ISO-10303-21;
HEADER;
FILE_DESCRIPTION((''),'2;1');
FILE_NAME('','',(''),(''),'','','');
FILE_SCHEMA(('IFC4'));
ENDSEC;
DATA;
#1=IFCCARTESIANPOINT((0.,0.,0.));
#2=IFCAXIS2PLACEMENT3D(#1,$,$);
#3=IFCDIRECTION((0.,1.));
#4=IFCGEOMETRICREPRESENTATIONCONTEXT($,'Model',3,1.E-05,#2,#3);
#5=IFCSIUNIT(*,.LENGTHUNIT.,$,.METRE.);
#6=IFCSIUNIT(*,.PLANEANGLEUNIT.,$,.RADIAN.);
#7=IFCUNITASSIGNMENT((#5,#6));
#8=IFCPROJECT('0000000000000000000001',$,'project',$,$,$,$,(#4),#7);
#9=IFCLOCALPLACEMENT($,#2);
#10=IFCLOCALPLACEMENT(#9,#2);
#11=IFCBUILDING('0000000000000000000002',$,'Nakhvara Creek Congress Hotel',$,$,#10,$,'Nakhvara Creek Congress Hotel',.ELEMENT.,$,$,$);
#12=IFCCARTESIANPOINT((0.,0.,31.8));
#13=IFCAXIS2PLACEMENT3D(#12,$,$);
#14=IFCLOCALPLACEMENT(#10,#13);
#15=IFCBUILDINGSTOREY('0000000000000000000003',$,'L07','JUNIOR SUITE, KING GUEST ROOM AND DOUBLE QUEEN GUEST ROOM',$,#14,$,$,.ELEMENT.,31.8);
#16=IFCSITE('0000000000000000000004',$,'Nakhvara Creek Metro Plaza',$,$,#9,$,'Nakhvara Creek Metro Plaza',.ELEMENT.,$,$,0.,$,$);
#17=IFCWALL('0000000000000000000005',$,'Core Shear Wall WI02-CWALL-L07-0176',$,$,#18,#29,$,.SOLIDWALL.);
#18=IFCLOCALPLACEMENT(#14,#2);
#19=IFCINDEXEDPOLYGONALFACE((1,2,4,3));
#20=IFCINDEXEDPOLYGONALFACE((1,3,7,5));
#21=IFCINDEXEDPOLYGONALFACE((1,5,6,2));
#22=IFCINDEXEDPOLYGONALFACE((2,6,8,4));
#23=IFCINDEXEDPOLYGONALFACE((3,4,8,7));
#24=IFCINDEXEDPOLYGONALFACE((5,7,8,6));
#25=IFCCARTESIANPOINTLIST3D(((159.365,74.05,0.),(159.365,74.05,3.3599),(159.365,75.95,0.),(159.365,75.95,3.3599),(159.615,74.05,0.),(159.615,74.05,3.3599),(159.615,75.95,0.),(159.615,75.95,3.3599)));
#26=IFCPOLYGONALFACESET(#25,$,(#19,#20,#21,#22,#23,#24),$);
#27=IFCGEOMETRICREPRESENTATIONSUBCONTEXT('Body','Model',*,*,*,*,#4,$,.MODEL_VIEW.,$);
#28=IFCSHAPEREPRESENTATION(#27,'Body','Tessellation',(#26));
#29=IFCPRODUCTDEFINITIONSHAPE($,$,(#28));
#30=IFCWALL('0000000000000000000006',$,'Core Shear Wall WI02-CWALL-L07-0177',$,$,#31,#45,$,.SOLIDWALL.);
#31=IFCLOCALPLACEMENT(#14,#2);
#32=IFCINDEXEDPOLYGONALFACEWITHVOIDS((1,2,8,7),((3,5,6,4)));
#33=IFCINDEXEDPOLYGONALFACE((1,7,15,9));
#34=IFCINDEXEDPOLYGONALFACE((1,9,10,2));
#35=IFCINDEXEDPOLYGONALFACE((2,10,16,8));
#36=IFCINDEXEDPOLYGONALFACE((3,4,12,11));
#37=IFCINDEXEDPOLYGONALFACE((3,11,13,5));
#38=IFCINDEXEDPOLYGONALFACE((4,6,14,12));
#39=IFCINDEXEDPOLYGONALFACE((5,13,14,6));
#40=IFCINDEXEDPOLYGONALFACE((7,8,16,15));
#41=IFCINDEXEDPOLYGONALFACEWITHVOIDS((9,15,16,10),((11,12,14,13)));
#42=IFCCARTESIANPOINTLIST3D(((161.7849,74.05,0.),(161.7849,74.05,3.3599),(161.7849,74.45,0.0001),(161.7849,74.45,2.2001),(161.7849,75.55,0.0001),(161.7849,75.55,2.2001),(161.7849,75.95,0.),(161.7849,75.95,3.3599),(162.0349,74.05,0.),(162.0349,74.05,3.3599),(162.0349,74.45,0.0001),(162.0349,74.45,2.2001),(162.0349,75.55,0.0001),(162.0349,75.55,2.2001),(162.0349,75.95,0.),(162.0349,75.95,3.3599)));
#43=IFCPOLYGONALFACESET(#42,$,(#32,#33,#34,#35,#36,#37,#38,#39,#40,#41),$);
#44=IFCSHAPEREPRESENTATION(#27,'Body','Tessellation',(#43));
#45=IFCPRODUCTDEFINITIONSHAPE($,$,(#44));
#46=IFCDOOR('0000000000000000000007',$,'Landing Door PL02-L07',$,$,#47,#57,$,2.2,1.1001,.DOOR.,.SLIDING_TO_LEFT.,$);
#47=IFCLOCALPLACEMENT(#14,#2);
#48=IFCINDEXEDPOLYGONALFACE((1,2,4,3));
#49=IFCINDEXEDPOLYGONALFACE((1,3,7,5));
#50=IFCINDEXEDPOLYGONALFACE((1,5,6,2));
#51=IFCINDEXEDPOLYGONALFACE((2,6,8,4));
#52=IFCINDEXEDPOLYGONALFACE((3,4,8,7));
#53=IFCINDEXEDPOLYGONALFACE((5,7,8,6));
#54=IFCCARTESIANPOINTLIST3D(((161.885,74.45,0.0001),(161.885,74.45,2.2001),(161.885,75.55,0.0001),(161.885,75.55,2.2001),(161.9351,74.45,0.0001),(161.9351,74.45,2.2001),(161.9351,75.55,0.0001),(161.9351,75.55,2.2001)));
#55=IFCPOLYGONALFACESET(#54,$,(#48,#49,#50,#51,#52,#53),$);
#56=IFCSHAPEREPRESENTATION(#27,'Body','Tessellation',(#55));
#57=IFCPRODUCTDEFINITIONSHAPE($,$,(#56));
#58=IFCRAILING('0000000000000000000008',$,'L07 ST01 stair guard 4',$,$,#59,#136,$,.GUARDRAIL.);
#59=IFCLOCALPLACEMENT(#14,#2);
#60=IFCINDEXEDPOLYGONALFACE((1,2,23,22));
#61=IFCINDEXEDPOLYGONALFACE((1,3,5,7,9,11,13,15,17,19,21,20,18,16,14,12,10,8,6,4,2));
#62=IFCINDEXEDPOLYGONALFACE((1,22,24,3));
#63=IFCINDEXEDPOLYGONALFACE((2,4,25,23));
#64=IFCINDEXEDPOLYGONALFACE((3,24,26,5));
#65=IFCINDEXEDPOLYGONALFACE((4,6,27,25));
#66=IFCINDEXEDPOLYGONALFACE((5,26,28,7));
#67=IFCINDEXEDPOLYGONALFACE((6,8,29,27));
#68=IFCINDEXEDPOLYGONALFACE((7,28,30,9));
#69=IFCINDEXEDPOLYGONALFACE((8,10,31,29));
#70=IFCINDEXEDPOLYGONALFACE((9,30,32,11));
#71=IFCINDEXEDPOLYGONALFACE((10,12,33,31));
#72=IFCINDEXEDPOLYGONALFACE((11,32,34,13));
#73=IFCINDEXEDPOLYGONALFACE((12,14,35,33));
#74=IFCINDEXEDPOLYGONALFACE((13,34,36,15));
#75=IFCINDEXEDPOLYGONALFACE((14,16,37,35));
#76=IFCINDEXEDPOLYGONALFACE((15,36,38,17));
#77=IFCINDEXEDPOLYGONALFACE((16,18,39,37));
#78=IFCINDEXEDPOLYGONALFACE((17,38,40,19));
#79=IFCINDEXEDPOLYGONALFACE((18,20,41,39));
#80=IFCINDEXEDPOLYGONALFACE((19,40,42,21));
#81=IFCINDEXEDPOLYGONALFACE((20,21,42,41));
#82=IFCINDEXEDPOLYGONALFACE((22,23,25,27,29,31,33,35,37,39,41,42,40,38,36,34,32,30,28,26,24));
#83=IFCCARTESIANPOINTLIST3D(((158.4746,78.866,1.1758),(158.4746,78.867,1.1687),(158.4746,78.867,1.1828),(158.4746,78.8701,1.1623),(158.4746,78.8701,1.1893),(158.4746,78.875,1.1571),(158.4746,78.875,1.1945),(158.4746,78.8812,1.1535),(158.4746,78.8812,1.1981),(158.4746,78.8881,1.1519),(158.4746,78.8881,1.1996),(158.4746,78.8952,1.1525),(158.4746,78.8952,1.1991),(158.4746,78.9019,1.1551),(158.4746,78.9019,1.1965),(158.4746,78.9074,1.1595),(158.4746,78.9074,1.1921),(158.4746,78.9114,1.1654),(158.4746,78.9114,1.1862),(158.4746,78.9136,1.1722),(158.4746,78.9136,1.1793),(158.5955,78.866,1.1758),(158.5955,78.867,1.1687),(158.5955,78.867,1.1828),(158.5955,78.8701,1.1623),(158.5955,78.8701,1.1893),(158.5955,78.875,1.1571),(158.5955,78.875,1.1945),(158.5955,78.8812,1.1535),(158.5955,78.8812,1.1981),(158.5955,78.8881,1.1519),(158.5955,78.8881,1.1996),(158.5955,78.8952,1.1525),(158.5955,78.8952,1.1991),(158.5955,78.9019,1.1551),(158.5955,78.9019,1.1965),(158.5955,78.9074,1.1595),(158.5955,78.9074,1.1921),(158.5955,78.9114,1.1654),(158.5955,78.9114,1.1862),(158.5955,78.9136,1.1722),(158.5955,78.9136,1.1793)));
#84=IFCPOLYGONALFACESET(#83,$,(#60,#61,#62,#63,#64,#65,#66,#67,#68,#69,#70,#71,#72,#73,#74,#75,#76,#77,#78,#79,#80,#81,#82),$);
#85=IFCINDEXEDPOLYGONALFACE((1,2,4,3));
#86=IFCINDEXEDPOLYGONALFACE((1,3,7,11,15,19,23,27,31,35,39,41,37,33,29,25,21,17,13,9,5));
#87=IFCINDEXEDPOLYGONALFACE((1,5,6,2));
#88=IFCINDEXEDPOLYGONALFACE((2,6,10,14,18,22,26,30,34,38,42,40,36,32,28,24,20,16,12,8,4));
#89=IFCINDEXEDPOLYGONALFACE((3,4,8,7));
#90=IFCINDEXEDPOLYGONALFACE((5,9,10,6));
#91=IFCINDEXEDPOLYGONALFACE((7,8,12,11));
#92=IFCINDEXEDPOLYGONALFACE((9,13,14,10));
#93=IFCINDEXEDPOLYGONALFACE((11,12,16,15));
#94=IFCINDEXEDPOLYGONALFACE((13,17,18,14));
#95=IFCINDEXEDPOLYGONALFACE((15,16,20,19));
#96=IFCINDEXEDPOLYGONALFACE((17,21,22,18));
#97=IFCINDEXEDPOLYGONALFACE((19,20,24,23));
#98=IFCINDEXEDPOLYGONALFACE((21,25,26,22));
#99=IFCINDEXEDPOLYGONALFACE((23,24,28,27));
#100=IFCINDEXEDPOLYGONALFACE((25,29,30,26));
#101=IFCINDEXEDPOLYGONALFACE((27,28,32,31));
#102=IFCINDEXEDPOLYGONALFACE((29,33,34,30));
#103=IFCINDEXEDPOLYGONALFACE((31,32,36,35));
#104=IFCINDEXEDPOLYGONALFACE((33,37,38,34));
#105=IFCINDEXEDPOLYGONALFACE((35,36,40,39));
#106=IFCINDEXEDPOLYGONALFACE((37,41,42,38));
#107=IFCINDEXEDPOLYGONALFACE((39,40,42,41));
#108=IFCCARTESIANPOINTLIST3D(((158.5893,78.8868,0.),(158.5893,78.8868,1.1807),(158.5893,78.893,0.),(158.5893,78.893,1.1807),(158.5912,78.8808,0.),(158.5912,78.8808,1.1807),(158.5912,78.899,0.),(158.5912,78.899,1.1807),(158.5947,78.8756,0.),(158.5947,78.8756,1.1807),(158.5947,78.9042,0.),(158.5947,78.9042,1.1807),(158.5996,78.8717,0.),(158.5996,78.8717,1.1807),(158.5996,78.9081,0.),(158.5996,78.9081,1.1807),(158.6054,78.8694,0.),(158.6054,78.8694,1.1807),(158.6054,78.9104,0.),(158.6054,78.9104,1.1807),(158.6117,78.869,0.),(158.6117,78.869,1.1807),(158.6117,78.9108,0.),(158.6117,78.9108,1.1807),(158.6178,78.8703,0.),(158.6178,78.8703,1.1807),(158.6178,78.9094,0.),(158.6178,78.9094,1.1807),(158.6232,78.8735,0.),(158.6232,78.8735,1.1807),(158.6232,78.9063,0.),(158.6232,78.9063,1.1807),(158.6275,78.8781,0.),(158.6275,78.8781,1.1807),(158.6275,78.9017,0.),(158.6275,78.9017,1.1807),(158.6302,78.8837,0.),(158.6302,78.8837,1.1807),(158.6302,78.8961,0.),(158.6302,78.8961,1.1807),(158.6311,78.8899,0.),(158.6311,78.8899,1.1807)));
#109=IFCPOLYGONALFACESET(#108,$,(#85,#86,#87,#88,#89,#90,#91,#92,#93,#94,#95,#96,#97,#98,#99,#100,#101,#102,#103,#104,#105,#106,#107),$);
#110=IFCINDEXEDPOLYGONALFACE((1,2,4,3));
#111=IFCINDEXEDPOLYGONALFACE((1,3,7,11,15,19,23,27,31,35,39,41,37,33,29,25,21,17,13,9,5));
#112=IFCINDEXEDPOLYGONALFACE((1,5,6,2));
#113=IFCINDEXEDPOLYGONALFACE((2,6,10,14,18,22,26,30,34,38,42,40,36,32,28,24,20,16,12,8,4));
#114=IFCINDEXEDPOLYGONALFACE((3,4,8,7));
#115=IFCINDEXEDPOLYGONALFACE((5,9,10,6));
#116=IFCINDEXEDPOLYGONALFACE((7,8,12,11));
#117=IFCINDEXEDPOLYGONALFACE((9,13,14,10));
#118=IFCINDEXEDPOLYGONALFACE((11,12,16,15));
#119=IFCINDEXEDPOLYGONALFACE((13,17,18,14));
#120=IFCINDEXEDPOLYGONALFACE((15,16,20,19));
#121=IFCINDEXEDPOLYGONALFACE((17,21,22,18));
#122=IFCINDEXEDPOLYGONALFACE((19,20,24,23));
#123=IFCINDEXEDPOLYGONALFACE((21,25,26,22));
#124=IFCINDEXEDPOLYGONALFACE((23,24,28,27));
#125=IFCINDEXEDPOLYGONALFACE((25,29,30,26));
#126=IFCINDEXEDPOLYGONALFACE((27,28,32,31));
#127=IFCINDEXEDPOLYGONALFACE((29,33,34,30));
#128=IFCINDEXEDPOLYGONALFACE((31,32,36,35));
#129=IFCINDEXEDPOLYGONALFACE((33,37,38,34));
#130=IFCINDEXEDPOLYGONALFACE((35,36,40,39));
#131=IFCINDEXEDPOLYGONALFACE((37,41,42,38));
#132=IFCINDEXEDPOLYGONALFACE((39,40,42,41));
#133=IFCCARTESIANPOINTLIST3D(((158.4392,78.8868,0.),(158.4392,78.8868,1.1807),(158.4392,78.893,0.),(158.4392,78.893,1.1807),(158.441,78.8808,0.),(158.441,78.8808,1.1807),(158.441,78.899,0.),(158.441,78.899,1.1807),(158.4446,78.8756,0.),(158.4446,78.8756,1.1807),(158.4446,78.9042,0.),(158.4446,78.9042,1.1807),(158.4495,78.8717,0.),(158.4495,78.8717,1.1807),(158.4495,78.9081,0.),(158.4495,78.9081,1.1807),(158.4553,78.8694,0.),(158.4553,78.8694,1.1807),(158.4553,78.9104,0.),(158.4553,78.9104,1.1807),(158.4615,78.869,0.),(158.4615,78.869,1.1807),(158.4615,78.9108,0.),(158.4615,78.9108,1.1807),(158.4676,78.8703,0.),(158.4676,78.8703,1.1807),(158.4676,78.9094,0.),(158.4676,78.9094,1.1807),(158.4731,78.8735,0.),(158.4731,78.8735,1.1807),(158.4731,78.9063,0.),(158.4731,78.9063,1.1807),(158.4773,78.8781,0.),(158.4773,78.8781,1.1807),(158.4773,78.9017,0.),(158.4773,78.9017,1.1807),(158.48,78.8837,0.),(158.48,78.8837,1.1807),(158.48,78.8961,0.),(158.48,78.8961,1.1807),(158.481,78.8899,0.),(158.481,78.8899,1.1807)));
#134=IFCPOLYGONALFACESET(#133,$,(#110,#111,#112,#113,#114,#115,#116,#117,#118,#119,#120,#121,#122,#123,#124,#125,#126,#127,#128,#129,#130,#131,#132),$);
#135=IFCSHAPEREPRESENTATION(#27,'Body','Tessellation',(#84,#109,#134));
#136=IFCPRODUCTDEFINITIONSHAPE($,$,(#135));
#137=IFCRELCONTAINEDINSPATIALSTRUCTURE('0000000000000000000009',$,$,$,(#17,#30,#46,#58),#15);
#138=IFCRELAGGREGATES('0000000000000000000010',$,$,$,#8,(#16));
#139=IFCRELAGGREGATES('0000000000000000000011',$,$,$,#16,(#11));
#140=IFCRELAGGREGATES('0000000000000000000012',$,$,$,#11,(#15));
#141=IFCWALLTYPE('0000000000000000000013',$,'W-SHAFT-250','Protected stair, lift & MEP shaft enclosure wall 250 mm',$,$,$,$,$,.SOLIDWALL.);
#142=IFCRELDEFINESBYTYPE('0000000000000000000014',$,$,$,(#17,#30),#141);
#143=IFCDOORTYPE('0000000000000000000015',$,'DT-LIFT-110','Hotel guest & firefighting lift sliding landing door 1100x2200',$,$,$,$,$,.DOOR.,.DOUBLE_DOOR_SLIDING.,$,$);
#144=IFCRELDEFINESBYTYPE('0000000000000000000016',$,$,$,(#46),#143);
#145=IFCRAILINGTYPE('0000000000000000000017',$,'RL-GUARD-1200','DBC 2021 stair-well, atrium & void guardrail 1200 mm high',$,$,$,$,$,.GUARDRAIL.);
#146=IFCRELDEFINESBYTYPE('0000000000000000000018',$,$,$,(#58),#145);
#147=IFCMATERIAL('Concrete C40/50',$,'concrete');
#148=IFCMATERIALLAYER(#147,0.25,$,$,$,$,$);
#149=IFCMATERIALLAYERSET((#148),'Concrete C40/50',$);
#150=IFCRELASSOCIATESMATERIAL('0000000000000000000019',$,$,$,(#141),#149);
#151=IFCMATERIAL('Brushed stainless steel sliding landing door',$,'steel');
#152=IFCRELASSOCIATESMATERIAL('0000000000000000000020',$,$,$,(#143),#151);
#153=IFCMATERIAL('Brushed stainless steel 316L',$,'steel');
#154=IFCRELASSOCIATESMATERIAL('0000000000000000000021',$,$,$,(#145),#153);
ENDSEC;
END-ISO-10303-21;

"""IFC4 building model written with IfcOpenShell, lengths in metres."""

from ifc_helpers import new_model, si_unit, direction, frame, frame_2d, origin, origin_2d, place, context, subcontext, project, spatial, rectangle, circle, extrude, material, layer, layer_set, type_object, element, fill, save


model = new_model("IFC4")

# Units and contexts
model_context = context("Model", 3, precision=1e-05, world=origin(), true_north=direction((0.0, 1.0)))
body_context = subcontext(model_context, "Body", "Model", "MODEL_VIEW")
ifc_project = project(units=[si_unit("LENGTHUNIT", "METRE"), si_unit("PLANEANGLEUNIT", "RADIAN")], contexts=[model_context])

# Site, building, storey
site_placement = place(None, origin())
site = spatial("IfcSite", under=ifc_project, at=site_placement, Name="Nakhvara Creek Metro Plaza", LongName="Nakhvara Creek Metro Plaza", CompositionType="ELEMENT", RefElevation=0.0)
building_placement = place(site_placement, origin())
building = spatial("IfcBuilding", under=site, at=building_placement, Name="Nakhvara Creek Congress Hotel", LongName="Nakhvara Creek Congress Hotel", CompositionType="ELEMENT")
storey_placement = place(building_placement, frame((0.0, 0.0, 31.8)))
storey = spatial("IfcBuildingStorey", under=building, at=storey_placement, Name="L07", Description="JUNIOR SUITE, KING GUEST ROOM AND DOUBLE QUEEN GUEST ROOM", CompositionType="ELEMENT", Elevation=31.8)

# Shared definitions
ifc_material_1 = material(Name="Concrete C40/50", Category="concrete")

# Wall
ifc_layer_1 = layer(ifc_material_1, 0.25)
ifc_layer_set_1 = layer_set([ifc_layer_1], Name="Concrete C40/50")
wall_type_1 = type_object("IfcWallType", Name="W-SHAFT-250", Description="Protected stair, lift & MEP shaft enclosure wall 250 mm", PredefinedType="SOLIDWALL", material=ifc_layer_set_1)
wall_1_placement = place(storey_placement, frame((159.49, 74.05, 0.0), z_axis=(0.0, 0.0, 1.0), x_axis=(0.0, 1.0, 0.0)))
element("IfcWall", 1, at=wall_1_placement, inside=storey, type_object=wall_type_1, Name="Core Shear Wall WI02-CWALL-L07-0176", PredefinedType="SOLIDWALL", context=body_context, shape_type="SweptSolid", body=[
    extrude(rectangle(XDim=1.8999, YDim=0.25, at=frame_2d((0.95, 0.0))), origin(), (0.0, 0.0, 1.0), 3.3599),
])

# Wall, opening, door
wall_2_placement = place(storey_placement, frame((161.9099, 74.05, 0.0), z_axis=(0.0, 0.0, 1.0), x_axis=(0.0, 1.0, 0.0)))
wall_2 = element("IfcWall", 2, at=wall_2_placement, inside=storey, type_object=wall_type_1, Name="Core Shear Wall WI02-CWALL-L07-0177", PredefinedType="SOLIDWALL", context=body_context, shape_type="SweptSolid", body=[
    extrude(rectangle(XDim=1.8999, YDim=0.25, at=frame_2d((0.95, 0.0))), origin(), (0.0, 0.0, 1.0), 3.3599),
])
opening_1_placement = place(wall_2_placement, frame((0.3999, 0.0, 0.0)))
opening_1 = element("IfcOpeningElement", 3, at=opening_1_placement, cuts=wall_2, PredefinedType="OPENING", context=body_context, shape_type="SweptSolid", body=[
    extrude(rectangle(XDim=1.1001, YDim=2.2, at=frame_2d((0.55, 1.1001))), frame((0.0, 0.137, 0.0), z_axis=(0.0, -1.0, 0.0), x_axis=(1.0, 0.0, 0.0)), (0.0, 0.0, 1.0), 0.2739),
])
ifc_material_2 = material(Name="Brushed stainless steel sliding landing door", Category="steel")
door_type_1 = type_object("IfcDoorType", Name="DT-LIFT-110", Description="Hotel guest & firefighting lift sliding landing door 1100x2200", OperationType="DOUBLE_DOOR_SLIDING", PredefinedType="DOOR", material=ifc_material_2)
door_1_placement = place(opening_1_placement, origin())
door_1 = element("IfcDoor", 4, at=door_1_placement, inside=storey, type_object=door_type_1, Name="Landing Door PL02-L07", OperationType="SLIDING_TO_LEFT", OverallHeight=2.2, OverallWidth=1.1001, PredefinedType="DOOR", context=body_context, shape_type="SweptSolid", body=[
    extrude(rectangle(XDim=1.1001, YDim=2.2, at=frame_2d((0.55, 1.1001))), frame((0.0, 0.0249, 0.0), z_axis=(0.0, -1.0, 0.0), x_axis=(1.0, 0.0, 0.0)), (0.0, 0.0, 1.0), 0.05),
])
fill(opening_1, door_1)

# Railing
ifc_material_3 = material(Name="Brushed stainless steel 316L", Category="steel")
railing_type = type_object("IfcRailingType", Name="RL-GUARD-1200", Description="DBC 2021 stair-well, atrium & void guardrail 1200 mm high", PredefinedType="GUARDRAIL", material=ifc_material_3)
railing_placement = place(storey_placement, frame((158.6101, 78.8899, 0.0)))
element("IfcRailing", 5, at=railing_placement, inside=storey, type_object=railing_type, Name="L07 ST01 stair guard 4", PredefinedType="GUARDRAIL", context=body_context, shape_type="SweptSolid", body=[
    extrude(circle(Radius=0.0239, at=origin_2d()), frame((-0.0146, 0.0, 1.1758), z_axis=(-1.0, 0.0, 0.0), x_axis=(0.0, -1.0, 0.0)), (0.0, 0.0, 1.0), 0.1208),
    extrude(circle(Radius=0.021, at=origin_2d()), origin(), (0.0, 0.0, 1.0), 1.1807),
    extrude(circle(Radius=0.021, at=origin_2d()), frame((-0.1501, 0.0, 0.0)), (0.0, 0.0, 1.0), 1.1807),
])

save(model, "model.ifc")
